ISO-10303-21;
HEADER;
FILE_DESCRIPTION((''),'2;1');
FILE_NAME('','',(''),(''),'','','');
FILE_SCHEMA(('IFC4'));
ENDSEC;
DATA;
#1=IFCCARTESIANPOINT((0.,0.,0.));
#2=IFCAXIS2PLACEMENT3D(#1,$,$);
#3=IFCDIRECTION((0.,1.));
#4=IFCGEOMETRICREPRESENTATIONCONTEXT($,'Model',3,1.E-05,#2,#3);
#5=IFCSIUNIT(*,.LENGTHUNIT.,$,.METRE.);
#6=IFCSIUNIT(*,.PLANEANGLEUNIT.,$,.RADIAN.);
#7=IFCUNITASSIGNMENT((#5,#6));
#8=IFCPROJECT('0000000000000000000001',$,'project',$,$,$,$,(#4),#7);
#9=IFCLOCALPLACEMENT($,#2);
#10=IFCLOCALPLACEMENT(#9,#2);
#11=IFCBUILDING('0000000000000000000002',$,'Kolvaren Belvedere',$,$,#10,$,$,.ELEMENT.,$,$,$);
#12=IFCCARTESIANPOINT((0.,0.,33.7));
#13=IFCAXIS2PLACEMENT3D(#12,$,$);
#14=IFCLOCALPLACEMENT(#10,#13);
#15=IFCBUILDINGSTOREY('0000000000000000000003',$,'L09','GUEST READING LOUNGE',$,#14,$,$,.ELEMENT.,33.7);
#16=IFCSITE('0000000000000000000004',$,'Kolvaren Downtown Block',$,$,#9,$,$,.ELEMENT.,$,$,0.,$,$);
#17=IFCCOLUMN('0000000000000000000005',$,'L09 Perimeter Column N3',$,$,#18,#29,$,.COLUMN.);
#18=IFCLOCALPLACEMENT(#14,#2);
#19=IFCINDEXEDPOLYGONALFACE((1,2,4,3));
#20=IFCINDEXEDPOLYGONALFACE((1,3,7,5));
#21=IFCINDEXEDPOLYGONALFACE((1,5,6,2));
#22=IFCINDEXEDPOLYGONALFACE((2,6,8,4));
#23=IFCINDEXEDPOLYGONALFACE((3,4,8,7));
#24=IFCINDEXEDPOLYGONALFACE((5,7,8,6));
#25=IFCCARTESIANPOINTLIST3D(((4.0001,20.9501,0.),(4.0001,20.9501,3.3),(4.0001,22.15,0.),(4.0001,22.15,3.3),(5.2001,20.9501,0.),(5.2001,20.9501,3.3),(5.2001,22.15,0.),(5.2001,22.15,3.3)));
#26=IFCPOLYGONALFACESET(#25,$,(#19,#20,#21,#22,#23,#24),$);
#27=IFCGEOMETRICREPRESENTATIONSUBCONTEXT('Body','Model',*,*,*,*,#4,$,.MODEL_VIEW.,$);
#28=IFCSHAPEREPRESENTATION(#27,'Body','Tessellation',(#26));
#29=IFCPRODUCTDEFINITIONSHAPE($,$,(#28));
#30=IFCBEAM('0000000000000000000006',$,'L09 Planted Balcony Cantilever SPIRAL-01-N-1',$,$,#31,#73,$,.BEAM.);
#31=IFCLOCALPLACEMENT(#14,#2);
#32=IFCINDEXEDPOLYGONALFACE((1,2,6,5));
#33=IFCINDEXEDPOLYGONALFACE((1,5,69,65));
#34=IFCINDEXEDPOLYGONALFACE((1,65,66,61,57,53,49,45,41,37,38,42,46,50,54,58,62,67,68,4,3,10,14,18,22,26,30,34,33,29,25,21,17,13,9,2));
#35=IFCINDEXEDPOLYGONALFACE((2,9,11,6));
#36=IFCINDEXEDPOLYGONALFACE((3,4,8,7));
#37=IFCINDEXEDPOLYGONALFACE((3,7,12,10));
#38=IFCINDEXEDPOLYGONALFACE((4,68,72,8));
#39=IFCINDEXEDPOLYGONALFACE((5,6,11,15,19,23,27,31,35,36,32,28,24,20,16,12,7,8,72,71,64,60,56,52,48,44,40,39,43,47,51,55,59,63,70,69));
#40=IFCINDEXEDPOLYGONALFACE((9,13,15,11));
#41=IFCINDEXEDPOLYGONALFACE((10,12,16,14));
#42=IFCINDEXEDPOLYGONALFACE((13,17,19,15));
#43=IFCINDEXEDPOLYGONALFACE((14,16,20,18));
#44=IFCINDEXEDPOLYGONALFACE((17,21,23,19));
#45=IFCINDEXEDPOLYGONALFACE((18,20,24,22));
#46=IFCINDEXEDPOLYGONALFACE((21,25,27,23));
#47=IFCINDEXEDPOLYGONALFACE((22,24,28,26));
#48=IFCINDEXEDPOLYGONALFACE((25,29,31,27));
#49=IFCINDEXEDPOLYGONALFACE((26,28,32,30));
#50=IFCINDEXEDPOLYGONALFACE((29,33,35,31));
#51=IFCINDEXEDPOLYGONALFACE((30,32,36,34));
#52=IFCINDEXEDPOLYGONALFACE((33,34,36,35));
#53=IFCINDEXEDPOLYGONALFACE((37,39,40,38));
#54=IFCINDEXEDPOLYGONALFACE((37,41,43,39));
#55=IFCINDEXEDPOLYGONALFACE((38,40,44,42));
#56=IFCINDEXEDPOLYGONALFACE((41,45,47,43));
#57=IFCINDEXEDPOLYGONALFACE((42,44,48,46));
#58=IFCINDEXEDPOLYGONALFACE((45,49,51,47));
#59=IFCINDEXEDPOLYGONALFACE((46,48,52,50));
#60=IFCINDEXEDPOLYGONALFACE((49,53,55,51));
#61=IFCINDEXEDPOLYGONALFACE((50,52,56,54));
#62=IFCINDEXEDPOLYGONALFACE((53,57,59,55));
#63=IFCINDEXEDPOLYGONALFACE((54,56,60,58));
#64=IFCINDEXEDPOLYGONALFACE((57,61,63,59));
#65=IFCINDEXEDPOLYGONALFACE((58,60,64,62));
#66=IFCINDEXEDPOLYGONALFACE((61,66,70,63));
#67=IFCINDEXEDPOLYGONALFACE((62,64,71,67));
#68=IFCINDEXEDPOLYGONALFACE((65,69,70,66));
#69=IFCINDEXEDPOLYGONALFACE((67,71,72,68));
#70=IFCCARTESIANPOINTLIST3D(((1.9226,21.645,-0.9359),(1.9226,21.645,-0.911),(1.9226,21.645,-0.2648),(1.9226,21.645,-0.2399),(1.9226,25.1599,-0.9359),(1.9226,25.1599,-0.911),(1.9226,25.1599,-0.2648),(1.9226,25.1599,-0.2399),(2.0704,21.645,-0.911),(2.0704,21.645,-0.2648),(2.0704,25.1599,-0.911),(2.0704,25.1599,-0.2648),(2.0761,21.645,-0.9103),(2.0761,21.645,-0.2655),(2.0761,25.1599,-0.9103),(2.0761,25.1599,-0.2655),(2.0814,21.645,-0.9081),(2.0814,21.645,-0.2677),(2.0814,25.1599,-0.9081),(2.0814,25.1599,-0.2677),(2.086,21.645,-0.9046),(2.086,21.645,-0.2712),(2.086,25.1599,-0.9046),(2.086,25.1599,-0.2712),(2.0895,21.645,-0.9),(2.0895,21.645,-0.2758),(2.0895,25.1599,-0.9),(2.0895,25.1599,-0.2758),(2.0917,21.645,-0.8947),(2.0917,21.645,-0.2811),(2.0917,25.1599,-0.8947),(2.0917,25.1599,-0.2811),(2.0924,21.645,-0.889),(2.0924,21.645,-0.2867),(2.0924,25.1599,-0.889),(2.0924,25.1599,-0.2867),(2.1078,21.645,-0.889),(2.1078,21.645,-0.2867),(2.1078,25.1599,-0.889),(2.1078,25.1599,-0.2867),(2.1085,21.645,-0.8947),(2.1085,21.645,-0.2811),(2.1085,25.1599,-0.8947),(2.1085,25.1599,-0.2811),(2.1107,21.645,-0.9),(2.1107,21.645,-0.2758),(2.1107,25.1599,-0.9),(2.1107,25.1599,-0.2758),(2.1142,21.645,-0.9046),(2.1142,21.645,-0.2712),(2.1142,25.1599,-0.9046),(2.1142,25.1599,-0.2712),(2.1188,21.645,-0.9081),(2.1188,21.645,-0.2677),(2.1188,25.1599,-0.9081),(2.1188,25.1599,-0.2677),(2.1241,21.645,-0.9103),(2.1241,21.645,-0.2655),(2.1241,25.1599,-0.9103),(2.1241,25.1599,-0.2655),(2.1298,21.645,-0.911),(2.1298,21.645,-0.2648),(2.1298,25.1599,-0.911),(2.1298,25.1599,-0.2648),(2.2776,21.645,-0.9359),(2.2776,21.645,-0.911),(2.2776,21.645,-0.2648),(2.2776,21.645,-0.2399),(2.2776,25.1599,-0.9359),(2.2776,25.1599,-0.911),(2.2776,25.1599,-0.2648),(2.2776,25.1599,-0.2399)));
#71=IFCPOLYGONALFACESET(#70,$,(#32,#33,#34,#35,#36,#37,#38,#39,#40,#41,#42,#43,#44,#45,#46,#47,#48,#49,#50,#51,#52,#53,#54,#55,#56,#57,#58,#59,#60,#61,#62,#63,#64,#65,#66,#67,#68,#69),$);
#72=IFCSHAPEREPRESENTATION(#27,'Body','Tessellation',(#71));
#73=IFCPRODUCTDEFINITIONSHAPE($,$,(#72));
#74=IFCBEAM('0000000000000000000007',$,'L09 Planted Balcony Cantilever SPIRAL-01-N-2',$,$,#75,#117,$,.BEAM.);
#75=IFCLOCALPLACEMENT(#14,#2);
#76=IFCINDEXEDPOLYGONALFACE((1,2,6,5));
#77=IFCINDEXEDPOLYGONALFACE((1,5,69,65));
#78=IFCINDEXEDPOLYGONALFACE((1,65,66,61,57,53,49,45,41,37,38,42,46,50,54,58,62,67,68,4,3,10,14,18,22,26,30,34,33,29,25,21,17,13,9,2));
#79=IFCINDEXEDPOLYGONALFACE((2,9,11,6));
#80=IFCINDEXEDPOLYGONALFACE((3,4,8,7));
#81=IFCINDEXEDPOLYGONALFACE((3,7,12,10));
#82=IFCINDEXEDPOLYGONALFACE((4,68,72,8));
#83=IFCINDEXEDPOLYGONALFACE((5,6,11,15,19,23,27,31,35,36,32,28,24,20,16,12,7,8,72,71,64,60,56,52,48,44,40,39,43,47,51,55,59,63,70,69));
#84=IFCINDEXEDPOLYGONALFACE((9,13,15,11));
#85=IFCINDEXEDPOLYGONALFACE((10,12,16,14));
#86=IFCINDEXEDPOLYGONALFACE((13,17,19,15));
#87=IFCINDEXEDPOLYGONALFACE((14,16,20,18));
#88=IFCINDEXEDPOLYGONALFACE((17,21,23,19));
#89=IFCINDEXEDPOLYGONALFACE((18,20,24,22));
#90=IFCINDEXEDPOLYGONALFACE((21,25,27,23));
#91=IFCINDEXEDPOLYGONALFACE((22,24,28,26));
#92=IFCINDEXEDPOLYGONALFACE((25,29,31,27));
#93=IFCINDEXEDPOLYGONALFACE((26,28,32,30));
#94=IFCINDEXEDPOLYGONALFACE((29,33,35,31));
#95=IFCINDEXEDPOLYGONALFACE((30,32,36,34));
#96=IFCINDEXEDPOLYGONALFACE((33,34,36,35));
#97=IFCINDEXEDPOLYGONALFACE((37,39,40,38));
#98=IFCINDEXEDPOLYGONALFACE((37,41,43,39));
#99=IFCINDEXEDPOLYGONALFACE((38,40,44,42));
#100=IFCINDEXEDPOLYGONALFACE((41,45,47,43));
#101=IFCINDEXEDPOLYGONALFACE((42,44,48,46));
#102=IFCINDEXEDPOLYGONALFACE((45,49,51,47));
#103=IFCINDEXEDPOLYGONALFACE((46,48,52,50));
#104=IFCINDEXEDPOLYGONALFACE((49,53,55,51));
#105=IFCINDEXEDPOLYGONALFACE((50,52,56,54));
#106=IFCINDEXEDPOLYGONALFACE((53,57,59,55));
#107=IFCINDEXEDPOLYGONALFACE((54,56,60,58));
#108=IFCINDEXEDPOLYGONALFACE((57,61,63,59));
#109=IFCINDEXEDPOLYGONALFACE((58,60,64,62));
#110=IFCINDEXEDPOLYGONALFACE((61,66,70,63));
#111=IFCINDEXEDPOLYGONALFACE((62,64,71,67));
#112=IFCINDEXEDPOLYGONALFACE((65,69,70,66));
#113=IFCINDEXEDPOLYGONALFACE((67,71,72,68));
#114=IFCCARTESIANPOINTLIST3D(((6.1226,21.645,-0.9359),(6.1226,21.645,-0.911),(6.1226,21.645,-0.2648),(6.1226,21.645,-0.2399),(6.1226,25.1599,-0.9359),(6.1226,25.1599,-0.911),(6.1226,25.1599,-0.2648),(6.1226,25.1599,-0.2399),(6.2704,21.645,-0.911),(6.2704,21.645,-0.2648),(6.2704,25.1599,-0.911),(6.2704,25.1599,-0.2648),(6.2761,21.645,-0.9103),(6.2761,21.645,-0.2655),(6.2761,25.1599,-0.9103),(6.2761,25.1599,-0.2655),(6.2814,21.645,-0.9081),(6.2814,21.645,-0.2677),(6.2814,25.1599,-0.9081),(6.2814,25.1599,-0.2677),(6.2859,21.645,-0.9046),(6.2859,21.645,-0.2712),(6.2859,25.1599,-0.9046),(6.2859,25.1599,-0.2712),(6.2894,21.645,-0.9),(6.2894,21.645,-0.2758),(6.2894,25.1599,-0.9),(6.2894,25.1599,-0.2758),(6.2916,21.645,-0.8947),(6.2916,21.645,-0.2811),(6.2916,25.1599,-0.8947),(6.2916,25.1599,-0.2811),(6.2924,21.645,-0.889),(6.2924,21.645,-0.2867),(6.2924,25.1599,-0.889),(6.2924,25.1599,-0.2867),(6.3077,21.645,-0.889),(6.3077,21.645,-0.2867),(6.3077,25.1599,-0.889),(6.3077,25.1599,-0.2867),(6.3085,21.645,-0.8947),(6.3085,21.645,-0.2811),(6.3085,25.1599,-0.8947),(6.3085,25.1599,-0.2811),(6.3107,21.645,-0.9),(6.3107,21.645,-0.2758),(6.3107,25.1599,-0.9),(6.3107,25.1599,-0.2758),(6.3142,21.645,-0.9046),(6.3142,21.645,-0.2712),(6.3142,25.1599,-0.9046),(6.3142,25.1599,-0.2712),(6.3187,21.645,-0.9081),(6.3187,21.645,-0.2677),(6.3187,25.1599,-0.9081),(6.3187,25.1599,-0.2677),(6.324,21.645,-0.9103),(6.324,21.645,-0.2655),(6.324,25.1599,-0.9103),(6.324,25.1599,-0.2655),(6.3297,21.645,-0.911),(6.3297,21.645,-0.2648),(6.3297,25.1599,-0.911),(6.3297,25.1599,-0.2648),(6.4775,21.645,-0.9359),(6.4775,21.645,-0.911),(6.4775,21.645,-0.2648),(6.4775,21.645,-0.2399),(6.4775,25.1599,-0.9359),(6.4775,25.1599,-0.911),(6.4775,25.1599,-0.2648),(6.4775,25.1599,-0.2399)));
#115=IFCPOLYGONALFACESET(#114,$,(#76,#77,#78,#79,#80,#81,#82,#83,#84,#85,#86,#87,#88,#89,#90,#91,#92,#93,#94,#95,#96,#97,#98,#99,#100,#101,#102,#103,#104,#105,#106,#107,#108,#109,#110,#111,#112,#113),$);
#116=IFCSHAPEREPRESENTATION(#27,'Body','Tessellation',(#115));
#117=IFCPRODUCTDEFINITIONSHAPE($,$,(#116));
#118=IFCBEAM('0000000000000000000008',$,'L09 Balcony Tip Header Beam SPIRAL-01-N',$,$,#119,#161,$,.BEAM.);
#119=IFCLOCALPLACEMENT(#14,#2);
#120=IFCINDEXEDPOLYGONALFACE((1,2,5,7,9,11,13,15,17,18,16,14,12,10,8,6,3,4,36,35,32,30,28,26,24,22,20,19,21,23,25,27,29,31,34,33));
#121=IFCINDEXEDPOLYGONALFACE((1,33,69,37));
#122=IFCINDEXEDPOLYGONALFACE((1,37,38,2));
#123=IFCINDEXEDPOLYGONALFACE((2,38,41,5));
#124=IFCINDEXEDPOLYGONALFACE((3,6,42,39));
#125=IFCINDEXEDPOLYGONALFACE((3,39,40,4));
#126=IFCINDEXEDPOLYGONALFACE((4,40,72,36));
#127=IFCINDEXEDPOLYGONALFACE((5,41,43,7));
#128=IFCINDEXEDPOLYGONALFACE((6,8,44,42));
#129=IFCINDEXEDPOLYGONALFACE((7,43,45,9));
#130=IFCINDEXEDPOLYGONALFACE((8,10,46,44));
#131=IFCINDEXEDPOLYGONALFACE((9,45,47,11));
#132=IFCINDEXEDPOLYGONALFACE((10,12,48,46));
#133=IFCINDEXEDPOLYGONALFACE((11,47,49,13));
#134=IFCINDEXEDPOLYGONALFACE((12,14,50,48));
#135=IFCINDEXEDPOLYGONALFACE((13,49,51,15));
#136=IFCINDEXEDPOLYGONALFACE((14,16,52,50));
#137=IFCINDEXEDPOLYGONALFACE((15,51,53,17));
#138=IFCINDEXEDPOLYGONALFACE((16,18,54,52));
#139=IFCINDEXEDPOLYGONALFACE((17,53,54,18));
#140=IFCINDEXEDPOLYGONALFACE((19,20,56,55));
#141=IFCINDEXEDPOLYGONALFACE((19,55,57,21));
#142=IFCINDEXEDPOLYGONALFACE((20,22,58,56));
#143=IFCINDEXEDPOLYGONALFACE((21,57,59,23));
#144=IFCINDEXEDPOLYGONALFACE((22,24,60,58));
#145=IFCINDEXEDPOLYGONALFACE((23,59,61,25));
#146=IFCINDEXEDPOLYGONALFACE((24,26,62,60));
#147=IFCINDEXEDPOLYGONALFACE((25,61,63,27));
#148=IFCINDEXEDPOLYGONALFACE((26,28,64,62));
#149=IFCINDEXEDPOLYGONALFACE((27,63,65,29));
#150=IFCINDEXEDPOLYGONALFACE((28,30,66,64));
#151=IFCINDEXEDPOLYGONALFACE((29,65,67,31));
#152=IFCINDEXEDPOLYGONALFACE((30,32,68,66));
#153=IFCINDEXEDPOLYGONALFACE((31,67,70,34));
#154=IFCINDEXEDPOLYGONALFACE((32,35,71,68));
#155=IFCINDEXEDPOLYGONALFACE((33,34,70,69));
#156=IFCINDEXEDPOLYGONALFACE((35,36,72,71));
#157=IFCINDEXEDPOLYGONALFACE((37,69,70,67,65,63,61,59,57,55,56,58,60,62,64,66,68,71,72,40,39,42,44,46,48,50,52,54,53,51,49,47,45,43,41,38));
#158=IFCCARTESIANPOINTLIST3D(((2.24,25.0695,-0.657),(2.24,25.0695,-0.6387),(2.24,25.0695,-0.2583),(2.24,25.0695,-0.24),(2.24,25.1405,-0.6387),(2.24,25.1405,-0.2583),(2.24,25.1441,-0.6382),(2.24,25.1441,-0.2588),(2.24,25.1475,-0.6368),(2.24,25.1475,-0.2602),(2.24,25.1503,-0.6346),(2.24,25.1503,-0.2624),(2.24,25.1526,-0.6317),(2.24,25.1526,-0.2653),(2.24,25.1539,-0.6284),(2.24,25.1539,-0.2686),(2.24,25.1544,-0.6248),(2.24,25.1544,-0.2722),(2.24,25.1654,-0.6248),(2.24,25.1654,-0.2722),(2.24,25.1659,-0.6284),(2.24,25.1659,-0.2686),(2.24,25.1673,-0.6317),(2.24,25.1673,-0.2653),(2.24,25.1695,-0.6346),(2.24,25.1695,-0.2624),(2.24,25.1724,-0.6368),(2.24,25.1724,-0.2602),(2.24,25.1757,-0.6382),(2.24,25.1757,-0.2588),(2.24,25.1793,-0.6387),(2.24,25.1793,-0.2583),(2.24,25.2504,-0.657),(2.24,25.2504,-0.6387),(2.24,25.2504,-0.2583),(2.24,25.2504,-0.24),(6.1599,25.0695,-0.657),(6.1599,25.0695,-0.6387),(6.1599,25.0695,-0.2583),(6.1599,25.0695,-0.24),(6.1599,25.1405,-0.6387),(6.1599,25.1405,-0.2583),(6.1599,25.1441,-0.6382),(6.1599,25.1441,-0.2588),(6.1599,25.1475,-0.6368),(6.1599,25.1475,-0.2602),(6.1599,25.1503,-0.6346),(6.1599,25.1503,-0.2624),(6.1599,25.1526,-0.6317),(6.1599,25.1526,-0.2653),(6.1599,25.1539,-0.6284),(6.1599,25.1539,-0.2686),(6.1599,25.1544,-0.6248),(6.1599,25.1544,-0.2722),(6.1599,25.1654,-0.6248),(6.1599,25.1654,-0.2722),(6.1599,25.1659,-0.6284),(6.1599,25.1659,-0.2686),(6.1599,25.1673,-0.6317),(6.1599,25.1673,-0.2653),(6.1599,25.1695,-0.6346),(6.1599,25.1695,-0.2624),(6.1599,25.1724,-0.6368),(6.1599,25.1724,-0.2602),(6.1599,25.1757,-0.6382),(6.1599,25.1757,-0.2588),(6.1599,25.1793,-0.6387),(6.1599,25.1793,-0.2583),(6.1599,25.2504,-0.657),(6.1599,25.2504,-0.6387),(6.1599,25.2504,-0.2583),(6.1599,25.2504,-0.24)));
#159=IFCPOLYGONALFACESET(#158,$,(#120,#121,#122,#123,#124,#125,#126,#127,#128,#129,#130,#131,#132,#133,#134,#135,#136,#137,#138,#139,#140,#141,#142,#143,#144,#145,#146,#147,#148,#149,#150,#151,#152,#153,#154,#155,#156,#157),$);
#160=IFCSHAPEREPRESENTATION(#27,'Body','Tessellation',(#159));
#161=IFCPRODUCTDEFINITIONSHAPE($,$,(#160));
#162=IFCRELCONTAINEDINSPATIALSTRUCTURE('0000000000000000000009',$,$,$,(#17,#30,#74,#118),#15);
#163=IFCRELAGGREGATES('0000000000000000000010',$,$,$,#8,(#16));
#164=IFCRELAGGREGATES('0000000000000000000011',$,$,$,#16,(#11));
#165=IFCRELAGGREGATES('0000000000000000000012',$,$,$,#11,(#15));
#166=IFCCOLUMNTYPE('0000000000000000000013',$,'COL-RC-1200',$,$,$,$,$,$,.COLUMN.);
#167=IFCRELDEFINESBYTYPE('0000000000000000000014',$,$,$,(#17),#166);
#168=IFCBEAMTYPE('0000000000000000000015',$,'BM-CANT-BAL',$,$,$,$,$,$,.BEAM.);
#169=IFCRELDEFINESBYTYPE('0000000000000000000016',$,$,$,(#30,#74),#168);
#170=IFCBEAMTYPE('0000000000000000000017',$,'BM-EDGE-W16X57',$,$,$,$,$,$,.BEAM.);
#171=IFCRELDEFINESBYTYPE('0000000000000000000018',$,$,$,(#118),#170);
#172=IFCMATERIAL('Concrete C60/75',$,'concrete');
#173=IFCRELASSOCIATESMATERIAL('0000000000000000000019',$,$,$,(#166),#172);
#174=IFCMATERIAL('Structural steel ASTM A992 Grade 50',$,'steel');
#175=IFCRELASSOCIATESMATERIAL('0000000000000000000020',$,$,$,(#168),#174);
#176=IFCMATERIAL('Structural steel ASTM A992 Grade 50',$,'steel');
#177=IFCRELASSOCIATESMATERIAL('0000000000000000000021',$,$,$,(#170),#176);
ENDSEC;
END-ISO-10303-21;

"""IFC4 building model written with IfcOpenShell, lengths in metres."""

from ifc_helpers import new_model, si_unit, direction, frame, origin, origin_2d, place, context, subcontext, project, spatial, rectangle, i_section, extrude, material, material_profile, profile_set, type_object, element, save


model = new_model("IFC4")

# Units and contexts
model_context = context("Model", 3, precision=1e-05, world=origin(), true_north=direction((0.0, 1.0)))
body_context = subcontext(model_context, "Body", "Model", "MODEL_VIEW")
ifc_project = project(units=[si_unit("LENGTHUNIT", "METRE"), si_unit("PLANEANGLEUNIT", "RADIAN")], contexts=[model_context])

# Site, building, storey
site_placement = place(None, origin())
site = spatial("IfcSite", under=ifc_project, at=site_placement, Name="Kolvaren Downtown Block", CompositionType="ELEMENT", RefElevation=0.0)
building_placement = place(site_placement, origin())
building = spatial("IfcBuilding", under=site, at=building_placement, Name="Kolvaren Belvedere", CompositionType="ELEMENT")
storey_placement = place(building_placement, frame((0.0, 0.0, 33.7)))
storey = spatial("IfcBuildingStorey", under=building, at=storey_placement, Name="L09", Description="GUEST READING LOUNGE", CompositionType="ELEMENT", Elevation=33.7)

# Column
ifc_material_1 = material(Name="Concrete C60/75", Category="concrete")
ifc_material_profile_1 = material_profile(ifc_material_1, rectangle(XDim=1.2, YDim=1.2, at=origin_2d()), Name="RC 1200X1200")
ifc_profile_set_1 = profile_set([ifc_material_profile_1], Name="Concrete C60/75")
column_type = type_object("IfcColumnType", Name="COL-RC-1200", PredefinedType="COLUMN", material=ifc_profile_set_1)
column_placement = place(storey_placement, frame((4.6001, 21.55, 0.0), z_axis=(0.0, 0.0, 1.0), x_axis=(1.0, 0.0, 0.0)))
element("IfcColumn", 1, at=column_placement, inside=storey, type_object=column_type, Name="L09 Perimeter Column N3", PredefinedType="COLUMN", context=body_context, shape_type="SweptSolid", body=[
    extrude(rectangle(XDim=1.2, YDim=1.2, at=origin_2d()), origin(), (0.0, 0.0, 1.0), 3.3),
])

# Beams
ifc_material_2 = material(Name="Structural steel ASTM A992 Grade 50", Category="steel")
ifc_material_profile_2 = material_profile(ifc_material_2, i_section(OverallWidth=0.355, OverallDepth=0.696, WebThickness=0.0154, FlangeThickness=0.0249, FilletRadius=0.022, at=origin_2d()), Name="W27X146")
ifc_profile_set_2 = profile_set([ifc_material_profile_2], Name="Structural steel ASTM A992 Grade 50")
beam_type_1 = type_object("IfcBeamType", Name="BM-CANT-BAL", PredefinedType="BEAM", material=ifc_profile_set_2)
for number, where, z_axis, x_axis, name in (
    (2, (2.1001, 21.645, -0.5879), (0.0, 1.0, 0.0), (-1.0, 0.0, 0.0), "L09 Planted Balcony Cantilever SPIRAL-01-N-1"),
    (3, (6.3, 21.645, -0.5879), (0.0, 1.0, 0.0), (-1.0, 0.0, 0.0), "L09 Planted Balcony Cantilever SPIRAL-01-N-2"),
):
    element("IfcBeam", number, at=place(storey_placement, frame(where, z_axis=z_axis, x_axis=x_axis)), inside=storey, type_object=beam_type_1, Name=name, PredefinedType="BEAM", context=body_context, shape_type="SweptSolid", body=[
        extrude(i_section(OverallWidth=0.355, OverallDepth=0.696, WebThickness=0.0154, FlangeThickness=0.0249, FilletRadius=0.022, at=origin_2d()), origin(), (0.0, 0.0, 1.0), 3.5149),
    ])
ifc_material_3 = material(Name="Structural steel ASTM A992 Grade 50", Category="steel")
ifc_material_profile_3 = material_profile(ifc_material_3, i_section(OverallWidth=0.1809, OverallDepth=0.417, WebThickness=0.011, FlangeThickness=0.0183, FilletRadius=0.0139, at=origin_2d()), Name="W16X57")
ifc_profile_set_3 = profile_set([ifc_material_profile_3], Name="Structural steel ASTM A992 Grade 50")
beam_type_2 = type_object("IfcBeamType", Name="BM-EDGE-W16X57", PredefinedType="BEAM", material=ifc_profile_set_3)
beam_1_placement = place(storey_placement, frame((2.24, 25.1599, -0.4485), z_axis=(1.0, 0.0, 0.0), x_axis=(0.0, 1.0, 0.0)))
element("IfcBeam", 4, at=beam_1_placement, inside=storey, type_object=beam_type_2, Name="L09 Balcony Tip Header Beam SPIRAL-01-N", PredefinedType="BEAM", context=body_context, shape_type="SweptSolid", body=[
    extrude(i_section(OverallWidth=0.1809, OverallDepth=0.417, WebThickness=0.011, FlangeThickness=0.0183, FilletRadius=0.0139, at=origin_2d()), origin(), (0.0, 0.0, 1.0), 3.9199),
])

save(model, "model.ifc")
